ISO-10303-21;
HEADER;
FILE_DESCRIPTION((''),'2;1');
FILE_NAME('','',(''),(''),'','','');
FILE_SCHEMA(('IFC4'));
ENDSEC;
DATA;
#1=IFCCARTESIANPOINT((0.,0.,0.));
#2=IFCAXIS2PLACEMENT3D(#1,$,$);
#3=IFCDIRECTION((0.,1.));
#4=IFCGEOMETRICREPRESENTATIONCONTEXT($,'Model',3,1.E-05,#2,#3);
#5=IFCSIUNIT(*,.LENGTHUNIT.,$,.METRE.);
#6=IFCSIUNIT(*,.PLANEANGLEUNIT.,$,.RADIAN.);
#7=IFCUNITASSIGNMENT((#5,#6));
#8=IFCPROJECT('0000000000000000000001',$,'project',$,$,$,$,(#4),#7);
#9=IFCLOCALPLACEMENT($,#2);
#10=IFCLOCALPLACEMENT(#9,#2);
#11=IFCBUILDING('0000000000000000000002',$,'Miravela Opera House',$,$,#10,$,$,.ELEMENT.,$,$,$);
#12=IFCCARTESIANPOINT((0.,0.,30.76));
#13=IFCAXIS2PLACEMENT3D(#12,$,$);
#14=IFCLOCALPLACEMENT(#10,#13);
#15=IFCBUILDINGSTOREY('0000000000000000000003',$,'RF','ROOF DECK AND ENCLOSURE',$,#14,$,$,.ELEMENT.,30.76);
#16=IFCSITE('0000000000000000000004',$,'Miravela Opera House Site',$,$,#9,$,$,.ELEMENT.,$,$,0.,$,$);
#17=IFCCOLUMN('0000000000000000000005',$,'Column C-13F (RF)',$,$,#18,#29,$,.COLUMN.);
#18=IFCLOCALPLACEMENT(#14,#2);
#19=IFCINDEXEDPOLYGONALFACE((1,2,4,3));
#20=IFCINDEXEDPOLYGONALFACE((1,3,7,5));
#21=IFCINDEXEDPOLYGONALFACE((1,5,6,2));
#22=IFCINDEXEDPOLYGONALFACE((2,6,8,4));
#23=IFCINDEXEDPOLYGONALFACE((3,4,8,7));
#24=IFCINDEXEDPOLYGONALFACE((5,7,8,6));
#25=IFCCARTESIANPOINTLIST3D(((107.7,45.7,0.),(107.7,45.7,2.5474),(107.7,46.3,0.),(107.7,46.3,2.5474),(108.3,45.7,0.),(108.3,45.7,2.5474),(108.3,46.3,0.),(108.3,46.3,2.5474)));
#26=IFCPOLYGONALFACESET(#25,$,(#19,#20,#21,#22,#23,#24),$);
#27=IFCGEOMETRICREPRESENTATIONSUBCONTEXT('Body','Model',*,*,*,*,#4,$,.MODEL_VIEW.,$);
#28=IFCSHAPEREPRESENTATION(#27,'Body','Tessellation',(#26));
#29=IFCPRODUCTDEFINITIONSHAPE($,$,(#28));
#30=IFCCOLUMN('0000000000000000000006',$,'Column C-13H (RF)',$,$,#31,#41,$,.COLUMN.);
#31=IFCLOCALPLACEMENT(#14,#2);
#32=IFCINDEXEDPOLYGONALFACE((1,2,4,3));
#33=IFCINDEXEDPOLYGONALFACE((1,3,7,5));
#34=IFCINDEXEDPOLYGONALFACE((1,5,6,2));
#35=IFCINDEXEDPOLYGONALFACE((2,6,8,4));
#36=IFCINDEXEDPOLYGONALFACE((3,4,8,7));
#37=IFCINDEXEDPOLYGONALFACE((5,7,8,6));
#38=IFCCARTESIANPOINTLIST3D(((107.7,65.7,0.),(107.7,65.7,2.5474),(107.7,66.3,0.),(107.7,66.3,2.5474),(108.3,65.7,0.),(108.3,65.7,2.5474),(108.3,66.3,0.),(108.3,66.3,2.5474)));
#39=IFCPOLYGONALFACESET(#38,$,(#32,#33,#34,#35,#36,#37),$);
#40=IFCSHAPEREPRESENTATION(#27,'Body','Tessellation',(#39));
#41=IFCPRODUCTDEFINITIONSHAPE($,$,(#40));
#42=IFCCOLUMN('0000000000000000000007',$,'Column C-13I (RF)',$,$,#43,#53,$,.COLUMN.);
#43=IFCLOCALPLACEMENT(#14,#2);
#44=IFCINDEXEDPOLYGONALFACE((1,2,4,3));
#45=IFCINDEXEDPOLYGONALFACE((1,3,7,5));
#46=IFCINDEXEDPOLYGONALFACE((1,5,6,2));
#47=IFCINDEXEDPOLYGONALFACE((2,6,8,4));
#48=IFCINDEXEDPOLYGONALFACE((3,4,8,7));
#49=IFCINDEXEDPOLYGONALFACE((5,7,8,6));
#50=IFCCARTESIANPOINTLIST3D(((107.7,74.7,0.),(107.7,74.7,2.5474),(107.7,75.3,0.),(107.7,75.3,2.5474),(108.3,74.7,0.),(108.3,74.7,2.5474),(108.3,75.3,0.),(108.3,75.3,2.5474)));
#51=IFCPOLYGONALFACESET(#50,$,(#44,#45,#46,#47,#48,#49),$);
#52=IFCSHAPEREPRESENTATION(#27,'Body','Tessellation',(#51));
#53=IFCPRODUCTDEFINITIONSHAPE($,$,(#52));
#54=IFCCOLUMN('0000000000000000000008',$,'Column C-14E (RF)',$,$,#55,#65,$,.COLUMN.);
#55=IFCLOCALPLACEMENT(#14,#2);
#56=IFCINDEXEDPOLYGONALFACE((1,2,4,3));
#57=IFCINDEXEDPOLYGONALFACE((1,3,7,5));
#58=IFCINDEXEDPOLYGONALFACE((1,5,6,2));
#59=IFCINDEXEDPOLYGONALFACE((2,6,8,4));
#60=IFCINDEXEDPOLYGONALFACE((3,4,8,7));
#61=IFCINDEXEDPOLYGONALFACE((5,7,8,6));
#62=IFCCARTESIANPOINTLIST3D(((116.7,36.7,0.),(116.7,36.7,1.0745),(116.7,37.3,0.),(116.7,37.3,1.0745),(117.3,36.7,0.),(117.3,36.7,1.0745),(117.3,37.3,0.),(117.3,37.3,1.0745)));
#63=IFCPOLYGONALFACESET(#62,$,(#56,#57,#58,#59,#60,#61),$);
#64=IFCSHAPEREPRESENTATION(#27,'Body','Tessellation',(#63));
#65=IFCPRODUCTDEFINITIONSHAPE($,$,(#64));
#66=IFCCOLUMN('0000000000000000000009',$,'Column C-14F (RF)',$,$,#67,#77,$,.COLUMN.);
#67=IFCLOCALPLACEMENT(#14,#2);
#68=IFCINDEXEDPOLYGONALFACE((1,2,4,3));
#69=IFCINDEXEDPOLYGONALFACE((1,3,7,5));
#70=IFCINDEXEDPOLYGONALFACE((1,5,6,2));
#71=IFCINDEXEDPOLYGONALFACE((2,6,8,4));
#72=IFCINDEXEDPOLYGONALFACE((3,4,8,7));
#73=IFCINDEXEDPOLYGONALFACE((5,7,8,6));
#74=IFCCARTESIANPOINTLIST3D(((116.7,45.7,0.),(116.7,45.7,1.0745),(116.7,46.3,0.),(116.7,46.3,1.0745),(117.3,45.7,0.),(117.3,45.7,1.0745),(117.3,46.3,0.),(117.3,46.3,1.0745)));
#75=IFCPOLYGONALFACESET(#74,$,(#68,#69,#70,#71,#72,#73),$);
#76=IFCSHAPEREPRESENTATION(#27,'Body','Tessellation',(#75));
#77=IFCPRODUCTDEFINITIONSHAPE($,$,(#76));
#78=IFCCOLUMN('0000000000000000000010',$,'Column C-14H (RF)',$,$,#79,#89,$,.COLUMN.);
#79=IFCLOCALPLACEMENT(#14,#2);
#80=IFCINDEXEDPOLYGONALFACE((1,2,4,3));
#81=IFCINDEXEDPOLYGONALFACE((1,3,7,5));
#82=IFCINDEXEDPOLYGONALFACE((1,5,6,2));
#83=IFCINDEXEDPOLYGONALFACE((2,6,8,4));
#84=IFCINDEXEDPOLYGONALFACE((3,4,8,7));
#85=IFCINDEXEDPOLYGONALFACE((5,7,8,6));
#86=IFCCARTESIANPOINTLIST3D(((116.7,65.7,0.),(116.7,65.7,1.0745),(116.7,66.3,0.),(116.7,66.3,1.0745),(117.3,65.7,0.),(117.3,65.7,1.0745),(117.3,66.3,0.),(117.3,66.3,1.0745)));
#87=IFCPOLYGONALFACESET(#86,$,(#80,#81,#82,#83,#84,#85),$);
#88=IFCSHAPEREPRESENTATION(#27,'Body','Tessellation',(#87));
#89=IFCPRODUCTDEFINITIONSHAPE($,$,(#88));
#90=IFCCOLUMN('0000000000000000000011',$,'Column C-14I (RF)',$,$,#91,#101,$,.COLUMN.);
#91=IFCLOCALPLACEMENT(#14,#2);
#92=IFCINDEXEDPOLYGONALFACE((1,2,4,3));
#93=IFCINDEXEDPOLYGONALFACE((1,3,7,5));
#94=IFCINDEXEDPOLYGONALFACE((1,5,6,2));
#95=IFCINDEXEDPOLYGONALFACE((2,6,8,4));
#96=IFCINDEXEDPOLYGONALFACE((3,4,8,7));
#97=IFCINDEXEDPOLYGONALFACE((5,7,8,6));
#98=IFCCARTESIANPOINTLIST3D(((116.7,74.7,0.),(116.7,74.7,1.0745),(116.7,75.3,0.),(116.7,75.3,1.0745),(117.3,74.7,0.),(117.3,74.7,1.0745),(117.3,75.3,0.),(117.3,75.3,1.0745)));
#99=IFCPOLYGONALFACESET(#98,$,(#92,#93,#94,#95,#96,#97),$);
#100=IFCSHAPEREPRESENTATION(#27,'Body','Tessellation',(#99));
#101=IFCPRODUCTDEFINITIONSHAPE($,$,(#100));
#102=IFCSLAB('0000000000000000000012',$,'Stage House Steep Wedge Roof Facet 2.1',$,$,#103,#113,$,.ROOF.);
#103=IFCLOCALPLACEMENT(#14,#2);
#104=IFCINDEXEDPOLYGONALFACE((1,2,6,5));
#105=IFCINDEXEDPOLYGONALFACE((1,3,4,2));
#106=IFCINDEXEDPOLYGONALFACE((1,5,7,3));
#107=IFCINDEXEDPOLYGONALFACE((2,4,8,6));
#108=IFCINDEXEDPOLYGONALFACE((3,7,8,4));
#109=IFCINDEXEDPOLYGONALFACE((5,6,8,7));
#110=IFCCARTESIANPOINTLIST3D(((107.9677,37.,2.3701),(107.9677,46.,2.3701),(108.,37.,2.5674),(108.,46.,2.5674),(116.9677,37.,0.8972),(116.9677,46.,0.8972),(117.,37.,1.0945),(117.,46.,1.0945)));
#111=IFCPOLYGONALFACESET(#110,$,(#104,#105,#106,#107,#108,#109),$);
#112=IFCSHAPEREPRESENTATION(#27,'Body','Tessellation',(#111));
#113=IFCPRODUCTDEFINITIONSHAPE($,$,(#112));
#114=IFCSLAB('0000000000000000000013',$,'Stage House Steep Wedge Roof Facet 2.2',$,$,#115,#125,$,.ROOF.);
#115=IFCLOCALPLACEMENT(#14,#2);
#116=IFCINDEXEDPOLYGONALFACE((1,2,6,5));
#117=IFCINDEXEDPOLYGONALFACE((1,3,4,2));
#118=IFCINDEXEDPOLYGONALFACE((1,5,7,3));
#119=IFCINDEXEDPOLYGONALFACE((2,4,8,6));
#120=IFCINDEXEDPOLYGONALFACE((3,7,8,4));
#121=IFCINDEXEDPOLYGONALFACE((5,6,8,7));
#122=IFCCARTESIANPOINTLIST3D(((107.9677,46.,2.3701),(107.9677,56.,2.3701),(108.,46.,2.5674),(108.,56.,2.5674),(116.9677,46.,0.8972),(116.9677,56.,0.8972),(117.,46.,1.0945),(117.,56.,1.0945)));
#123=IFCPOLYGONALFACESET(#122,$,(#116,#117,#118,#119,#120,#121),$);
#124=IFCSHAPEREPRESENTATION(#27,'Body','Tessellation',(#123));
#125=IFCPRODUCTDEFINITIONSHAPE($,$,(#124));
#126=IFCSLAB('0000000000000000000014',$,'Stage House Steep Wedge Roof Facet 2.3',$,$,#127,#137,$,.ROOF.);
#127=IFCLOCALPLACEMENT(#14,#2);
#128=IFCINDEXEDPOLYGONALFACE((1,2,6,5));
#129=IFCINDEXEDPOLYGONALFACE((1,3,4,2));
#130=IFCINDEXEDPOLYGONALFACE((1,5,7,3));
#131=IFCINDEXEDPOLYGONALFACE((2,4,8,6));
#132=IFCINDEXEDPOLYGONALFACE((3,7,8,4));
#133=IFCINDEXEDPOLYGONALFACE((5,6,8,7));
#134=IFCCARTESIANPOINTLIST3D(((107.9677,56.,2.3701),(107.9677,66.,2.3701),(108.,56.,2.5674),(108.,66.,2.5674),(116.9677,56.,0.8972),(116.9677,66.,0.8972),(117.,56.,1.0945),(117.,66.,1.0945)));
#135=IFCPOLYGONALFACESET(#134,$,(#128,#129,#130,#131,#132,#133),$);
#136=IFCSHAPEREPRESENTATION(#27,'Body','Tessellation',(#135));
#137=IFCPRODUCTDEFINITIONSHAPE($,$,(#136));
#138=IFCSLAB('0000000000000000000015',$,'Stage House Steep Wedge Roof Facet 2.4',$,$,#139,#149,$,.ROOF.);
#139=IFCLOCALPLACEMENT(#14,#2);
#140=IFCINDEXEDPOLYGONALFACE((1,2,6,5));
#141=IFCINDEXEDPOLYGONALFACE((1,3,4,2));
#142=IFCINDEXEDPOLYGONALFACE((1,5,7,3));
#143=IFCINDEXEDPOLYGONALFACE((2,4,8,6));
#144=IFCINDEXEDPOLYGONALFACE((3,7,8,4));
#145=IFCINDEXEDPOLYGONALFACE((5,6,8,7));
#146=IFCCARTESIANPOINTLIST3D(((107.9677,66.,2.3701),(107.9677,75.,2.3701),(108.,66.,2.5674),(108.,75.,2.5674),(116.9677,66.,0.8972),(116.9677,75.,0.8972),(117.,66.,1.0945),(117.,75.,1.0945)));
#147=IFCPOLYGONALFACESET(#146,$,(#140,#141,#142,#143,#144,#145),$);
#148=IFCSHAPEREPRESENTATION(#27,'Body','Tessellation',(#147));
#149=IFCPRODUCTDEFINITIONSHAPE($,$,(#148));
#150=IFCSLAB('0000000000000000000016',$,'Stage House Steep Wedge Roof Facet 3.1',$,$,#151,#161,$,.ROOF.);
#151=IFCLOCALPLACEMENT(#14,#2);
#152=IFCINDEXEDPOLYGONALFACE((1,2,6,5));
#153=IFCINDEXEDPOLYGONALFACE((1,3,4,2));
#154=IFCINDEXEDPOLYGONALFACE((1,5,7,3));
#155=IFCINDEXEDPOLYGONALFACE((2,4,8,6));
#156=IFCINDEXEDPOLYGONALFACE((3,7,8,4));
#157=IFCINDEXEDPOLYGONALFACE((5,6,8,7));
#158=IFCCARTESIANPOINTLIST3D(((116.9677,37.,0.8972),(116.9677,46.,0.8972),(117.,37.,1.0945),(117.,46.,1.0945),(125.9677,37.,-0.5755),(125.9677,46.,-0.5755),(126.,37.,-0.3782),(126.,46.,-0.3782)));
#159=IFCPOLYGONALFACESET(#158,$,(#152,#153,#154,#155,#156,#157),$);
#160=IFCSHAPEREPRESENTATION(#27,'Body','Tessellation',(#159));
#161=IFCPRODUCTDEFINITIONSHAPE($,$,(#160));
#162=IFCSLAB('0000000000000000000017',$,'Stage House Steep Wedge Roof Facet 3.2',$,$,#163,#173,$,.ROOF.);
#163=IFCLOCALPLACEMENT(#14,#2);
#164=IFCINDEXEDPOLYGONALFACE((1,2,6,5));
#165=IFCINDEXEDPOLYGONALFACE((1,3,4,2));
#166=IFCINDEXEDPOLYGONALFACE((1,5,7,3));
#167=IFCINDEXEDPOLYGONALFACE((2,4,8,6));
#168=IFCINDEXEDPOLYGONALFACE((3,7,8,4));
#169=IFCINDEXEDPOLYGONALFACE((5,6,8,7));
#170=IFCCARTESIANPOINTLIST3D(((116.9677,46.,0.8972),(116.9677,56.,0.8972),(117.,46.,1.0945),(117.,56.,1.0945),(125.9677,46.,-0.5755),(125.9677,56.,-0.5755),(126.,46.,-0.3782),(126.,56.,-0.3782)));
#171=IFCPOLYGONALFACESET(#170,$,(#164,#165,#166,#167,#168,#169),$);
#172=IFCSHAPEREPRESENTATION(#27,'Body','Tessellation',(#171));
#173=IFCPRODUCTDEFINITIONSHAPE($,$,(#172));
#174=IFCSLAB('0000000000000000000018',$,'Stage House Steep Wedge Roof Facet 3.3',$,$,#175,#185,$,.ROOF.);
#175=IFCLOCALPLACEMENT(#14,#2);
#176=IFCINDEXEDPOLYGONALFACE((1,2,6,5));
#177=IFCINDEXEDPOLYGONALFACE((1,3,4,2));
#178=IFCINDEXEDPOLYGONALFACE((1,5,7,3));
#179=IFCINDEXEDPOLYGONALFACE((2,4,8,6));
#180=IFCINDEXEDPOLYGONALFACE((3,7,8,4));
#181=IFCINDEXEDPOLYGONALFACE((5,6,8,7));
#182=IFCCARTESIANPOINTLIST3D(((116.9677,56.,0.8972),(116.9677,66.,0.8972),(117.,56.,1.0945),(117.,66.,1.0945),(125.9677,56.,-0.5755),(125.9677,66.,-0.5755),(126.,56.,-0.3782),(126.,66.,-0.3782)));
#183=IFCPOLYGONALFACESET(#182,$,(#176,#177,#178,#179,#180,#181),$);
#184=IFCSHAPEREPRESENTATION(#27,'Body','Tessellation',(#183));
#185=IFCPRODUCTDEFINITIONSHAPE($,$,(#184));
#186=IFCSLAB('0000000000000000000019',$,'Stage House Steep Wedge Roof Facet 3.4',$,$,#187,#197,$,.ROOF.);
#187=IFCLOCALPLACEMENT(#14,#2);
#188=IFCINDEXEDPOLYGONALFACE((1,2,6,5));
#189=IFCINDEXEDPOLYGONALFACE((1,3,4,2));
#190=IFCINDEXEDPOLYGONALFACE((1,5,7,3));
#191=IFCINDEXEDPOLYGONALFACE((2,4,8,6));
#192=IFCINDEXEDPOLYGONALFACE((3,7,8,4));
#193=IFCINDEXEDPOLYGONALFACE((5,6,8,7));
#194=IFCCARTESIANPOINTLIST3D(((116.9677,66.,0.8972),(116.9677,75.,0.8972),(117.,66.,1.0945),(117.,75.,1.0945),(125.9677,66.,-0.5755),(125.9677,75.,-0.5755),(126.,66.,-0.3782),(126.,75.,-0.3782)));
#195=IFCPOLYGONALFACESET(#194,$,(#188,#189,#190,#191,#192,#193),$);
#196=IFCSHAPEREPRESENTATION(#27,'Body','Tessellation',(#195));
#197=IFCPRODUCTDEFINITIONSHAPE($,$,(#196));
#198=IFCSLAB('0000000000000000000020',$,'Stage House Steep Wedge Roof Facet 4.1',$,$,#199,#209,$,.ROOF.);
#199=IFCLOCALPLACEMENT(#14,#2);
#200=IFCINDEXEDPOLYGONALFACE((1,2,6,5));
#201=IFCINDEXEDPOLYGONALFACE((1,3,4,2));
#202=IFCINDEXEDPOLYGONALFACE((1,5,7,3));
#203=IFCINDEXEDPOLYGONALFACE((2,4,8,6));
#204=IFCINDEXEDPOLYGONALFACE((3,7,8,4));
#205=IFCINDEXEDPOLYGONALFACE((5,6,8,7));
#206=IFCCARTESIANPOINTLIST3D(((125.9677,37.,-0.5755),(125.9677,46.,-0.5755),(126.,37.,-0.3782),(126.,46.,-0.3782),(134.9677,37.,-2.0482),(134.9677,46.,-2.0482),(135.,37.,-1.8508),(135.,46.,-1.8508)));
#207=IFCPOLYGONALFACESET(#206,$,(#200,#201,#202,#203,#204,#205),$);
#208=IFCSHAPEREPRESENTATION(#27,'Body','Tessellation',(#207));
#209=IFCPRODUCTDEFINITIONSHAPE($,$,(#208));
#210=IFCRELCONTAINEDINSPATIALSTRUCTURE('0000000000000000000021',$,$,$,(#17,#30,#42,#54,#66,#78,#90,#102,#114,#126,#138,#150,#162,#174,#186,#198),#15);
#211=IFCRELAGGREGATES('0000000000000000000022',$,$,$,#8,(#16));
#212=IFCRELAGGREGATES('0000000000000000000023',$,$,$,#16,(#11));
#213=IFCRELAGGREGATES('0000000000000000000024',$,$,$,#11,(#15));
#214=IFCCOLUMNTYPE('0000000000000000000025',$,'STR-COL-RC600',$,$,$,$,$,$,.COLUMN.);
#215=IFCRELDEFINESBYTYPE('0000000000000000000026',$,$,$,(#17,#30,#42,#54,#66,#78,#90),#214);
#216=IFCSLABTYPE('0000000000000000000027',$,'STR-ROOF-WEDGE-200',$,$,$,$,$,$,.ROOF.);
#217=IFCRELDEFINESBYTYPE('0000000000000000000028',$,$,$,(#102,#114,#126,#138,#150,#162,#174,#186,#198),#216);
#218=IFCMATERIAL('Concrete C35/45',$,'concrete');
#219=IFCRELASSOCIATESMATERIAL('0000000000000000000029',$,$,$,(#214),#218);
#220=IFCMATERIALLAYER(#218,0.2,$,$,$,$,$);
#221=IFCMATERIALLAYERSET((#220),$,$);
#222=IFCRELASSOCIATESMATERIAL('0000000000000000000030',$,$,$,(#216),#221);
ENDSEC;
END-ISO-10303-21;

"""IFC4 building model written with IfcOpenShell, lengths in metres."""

from ifc_helpers import new_model, si_unit, direction, frame, origin, origin_2d, place, context, subcontext, project, spatial, polyline, rectangle, outline, extrude, material, layer, layer_set, material_profile, profile_set, type_object, element, save


model = new_model("IFC4")

# Units and contexts
model_context = context("Model", 3, precision=1e-05, world=origin(), true_north=direction((0.0, 1.0)))
body_context = subcontext(model_context, "Body", "Model", "MODEL_VIEW")
ifc_project = project(units=[si_unit("LENGTHUNIT", "METRE"), si_unit("PLANEANGLEUNIT", "RADIAN")], contexts=[model_context])

# Site, building, storey
site_placement = place(None, origin())
site = spatial("IfcSite", under=ifc_project, at=site_placement, Name="Miravela Opera House Site", CompositionType="ELEMENT", RefElevation=0.0)
building_placement = place(site_placement, origin())
building = spatial("IfcBuilding", under=site, at=building_placement, Name="Miravela Opera House", CompositionType="ELEMENT")
storey_placement = place(building_placement, frame((0.0, 0.0, 30.76)))
storey = spatial("IfcBuildingStorey", under=building, at=storey_placement, Name="RF", Description="ROOF DECK AND ENCLOSURE", CompositionType="ELEMENT", Elevation=30.76)

# Columns
ifc_material = material(Name="Concrete C35/45", Category="concrete")
ifc_material_profile = material_profile(ifc_material, rectangle(XDim=0.6001, YDim=0.6001, at=origin_2d()), Name="RC-COL-600X600")
ifc_profile_set = profile_set([ifc_material_profile])
column_type = type_object("IfcColumnType", Name="STR-COL-RC600", PredefinedType="COLUMN", material=ifc_profile_set)
for number, where, z_axis, x_axis, name in (
    (1, (108.0, 46.0, 0.0), (0.0, 0.0, 1.0), (1.0, 0.0, 0.0), "Column C-13F (RF)"),
    (2, (108.0, 66.0, 0.0), (0.0, 0.0, 1.0), (1.0, 0.0, 0.0), "Column C-13H (RF)"),
    (3, (108.0, 75.0, 0.0), (0.0, 0.0, 1.0), (1.0, 0.0, 0.0), "Column C-13I (RF)"),
):
    element("IfcColumn", number, at=place(storey_placement, frame(where, z_axis=z_axis, x_axis=x_axis)), inside=storey, type_object=column_type, Name=name, PredefinedType="COLUMN", context=body_context, shape_type="SweptSolid", body=[
        extrude(rectangle(XDim=0.6001, YDim=0.6001, at=origin_2d()), origin(), (0.0, 0.0, 1.0), 2.5474),
    ])
for number, where, z_axis, x_axis, name in (
    (4, (117.0, 37.0, 0.0), (0.0, 0.0, 1.0), (1.0, 0.0, 0.0), "Column C-14E (RF)"),
    (5, (117.0, 46.0, 0.0), (0.0, 0.0, 1.0), (1.0, 0.0, 0.0), "Column C-14F (RF)"),
    (6, (117.0, 66.0, 0.0), (0.0, 0.0, 1.0), (1.0, 0.0, 0.0), "Column C-14H (RF)"),
    (7, (117.0, 75.0, 0.0), (0.0, 0.0, 1.0), (1.0, 0.0, 0.0), "Column C-14I (RF)"),
):
    element("IfcColumn", number, at=place(storey_placement, frame(where, z_axis=z_axis, x_axis=x_axis)), inside=storey, type_object=column_type, Name=name, PredefinedType="COLUMN", context=body_context, shape_type="SweptSolid", body=[
        extrude(rectangle(XDim=0.6001, YDim=0.6001, at=origin_2d()), origin(), (0.0, 0.0, 1.0), 1.0745),
    ])

# Slabs
ifc_layer = layer(ifc_material, 0.2)
ifc_layer_set = layer_set([ifc_layer])
slab_type = type_object("IfcSlabType", Name="STR-ROOF-WEDGE-200", PredefinedType="ROOF", material=ifc_layer_set)
slab_1_placement = place(storey_placement, frame((108.0, 37.0, 2.5674), z_axis=(0.161507, 0.0, 0.986872), x_axis=(0.986872, 0.0, -0.161507)))
element("IfcSlab", 8, at=slab_1_placement, inside=storey, type_object=slab_type, Name="Stage House Steep Wedge Roof Facet 2.1", PredefinedType="ROOF", context=body_context, shape_type="SweptSolid", body=[
    extrude(outline(polyline([(0.0, 0.0), (9.1197, 0.0), (9.1197, 9.0), (0.0, 9.0), (0.0, 0.0)])), origin(), (0.0, 0.0, -1.0), 0.2),
])
for number, where, z_axis, x_axis, name in (
    (9, (108.0, 46.0, 2.5674), (0.161507, 0.0, 0.986872), (0.986872, 0.0, -0.161507), "Stage House Steep Wedge Roof Facet 2.2"),
    (10, (108.0, 56.0, 2.5674), (0.161507, 0.0, 0.986872), (0.986872, 0.0, -0.161507), "Stage House Steep Wedge Roof Facet 2.3"),
):
    element("IfcSlab", number, at=place(storey_placement, frame(where, z_axis=z_axis, x_axis=x_axis)), inside=storey, type_object=slab_type, Name=name, PredefinedType="ROOF", context=body_context, shape_type="SweptSolid", body=[
        extrude(outline(polyline([(0.0, 0.0), (9.1197, 0.0), (9.1197, 10.0), (0.0, 10.0), (0.0, 0.0)])), origin(), (0.0, 0.0, -1.0), 0.2),
    ])
slab_2_placement = place(storey_placement, frame((108.0, 66.0, 2.5674), z_axis=(0.161507, 0.0, 0.986872), x_axis=(0.986872, 0.0, -0.161507)))
element("IfcSlab", 11, at=slab_2_placement, inside=storey, type_object=slab_type, Name="Stage House Steep Wedge Roof Facet 2.4", PredefinedType="ROOF", context=body_context, shape_type="SweptSolid", body=[
    extrude(outline(polyline([(0.0, 0.0), (9.1197, 0.0), (9.1197, 9.0), (0.0, 9.0), (0.0, 0.0)])), origin(), (0.0, 0.0, -1.0), 0.2),
])
slab_3_placement = place(storey_placement, frame((117.0, 37.0, 1.0945), z_axis=(0.161481, 0.0, 0.986876), x_axis=(0.986876, 0.0, -0.161481)))
element("IfcSlab", 12, at=slab_3_placement, inside=storey, type_object=slab_type, Name="Stage House Steep Wedge Roof Facet 3.1", PredefinedType="ROOF", context=body_context, shape_type="SweptSolid", body=[
    extrude(outline(polyline([(0.0, 0.0), (9.1197, 0.0), (9.1197, 9.0), (0.0, 9.0), (0.0, 0.0)])), origin(), (0.0, 0.0, -1.0), 0.2),
])
for number, where, z_axis, x_axis, name in (
    (13, (117.0, 46.0, 1.0945), (0.161481, 0.0, 0.986876), (0.986876, 0.0, -0.161481), "Stage House Steep Wedge Roof Facet 3.2"),
    (14, (117.0, 56.0, 1.0945), (0.161481, 0.0, 0.986876), (0.986876, 0.0, -0.161481), "Stage House Steep Wedge Roof Facet 3.3"),
):
    element("IfcSlab", number, at=place(storey_placement, frame(where, z_axis=z_axis, x_axis=x_axis)), inside=storey, type_object=slab_type, Name=name, PredefinedType="ROOF", context=body_context, shape_type="SweptSolid", body=[
        extrude(outline(polyline([(0.0, 0.0), (9.1197, 0.0), (9.1197, 10.0), (0.0, 10.0), (0.0, 0.0)])), origin(), (0.0, 0.0, -1.0), 0.2),
    ])
for number, where, z_axis, x_axis, name in (
    (15, (117.0, 66.0, 1.0945), (0.161481, 0.0, 0.986876), (0.986876, 0.0, -0.161481), "Stage House Steep Wedge Roof Facet 3.4"),
    (16, (126.0, 37.0, -0.3782), (0.161481, 0.0, 0.986876), (0.986876, 0.0, -0.161481), "Stage House Steep Wedge Roof Facet 4.1"),
):
    element("IfcSlab", number, at=place(storey_placement, frame(where, z_axis=z_axis, x_axis=x_axis)), inside=storey, type_object=slab_type, Name=name, PredefinedType="ROOF", context=body_context, shape_type="SweptSolid", body=[
        extrude(outline(polyline([(0.0, 0.0), (9.1197, 0.0), (9.1197, 9.0), (0.0, 9.0), (0.0, 0.0)])), origin(), (0.0, 0.0, -1.0), 0.2),
    ])

save(model, "model.ifc")
